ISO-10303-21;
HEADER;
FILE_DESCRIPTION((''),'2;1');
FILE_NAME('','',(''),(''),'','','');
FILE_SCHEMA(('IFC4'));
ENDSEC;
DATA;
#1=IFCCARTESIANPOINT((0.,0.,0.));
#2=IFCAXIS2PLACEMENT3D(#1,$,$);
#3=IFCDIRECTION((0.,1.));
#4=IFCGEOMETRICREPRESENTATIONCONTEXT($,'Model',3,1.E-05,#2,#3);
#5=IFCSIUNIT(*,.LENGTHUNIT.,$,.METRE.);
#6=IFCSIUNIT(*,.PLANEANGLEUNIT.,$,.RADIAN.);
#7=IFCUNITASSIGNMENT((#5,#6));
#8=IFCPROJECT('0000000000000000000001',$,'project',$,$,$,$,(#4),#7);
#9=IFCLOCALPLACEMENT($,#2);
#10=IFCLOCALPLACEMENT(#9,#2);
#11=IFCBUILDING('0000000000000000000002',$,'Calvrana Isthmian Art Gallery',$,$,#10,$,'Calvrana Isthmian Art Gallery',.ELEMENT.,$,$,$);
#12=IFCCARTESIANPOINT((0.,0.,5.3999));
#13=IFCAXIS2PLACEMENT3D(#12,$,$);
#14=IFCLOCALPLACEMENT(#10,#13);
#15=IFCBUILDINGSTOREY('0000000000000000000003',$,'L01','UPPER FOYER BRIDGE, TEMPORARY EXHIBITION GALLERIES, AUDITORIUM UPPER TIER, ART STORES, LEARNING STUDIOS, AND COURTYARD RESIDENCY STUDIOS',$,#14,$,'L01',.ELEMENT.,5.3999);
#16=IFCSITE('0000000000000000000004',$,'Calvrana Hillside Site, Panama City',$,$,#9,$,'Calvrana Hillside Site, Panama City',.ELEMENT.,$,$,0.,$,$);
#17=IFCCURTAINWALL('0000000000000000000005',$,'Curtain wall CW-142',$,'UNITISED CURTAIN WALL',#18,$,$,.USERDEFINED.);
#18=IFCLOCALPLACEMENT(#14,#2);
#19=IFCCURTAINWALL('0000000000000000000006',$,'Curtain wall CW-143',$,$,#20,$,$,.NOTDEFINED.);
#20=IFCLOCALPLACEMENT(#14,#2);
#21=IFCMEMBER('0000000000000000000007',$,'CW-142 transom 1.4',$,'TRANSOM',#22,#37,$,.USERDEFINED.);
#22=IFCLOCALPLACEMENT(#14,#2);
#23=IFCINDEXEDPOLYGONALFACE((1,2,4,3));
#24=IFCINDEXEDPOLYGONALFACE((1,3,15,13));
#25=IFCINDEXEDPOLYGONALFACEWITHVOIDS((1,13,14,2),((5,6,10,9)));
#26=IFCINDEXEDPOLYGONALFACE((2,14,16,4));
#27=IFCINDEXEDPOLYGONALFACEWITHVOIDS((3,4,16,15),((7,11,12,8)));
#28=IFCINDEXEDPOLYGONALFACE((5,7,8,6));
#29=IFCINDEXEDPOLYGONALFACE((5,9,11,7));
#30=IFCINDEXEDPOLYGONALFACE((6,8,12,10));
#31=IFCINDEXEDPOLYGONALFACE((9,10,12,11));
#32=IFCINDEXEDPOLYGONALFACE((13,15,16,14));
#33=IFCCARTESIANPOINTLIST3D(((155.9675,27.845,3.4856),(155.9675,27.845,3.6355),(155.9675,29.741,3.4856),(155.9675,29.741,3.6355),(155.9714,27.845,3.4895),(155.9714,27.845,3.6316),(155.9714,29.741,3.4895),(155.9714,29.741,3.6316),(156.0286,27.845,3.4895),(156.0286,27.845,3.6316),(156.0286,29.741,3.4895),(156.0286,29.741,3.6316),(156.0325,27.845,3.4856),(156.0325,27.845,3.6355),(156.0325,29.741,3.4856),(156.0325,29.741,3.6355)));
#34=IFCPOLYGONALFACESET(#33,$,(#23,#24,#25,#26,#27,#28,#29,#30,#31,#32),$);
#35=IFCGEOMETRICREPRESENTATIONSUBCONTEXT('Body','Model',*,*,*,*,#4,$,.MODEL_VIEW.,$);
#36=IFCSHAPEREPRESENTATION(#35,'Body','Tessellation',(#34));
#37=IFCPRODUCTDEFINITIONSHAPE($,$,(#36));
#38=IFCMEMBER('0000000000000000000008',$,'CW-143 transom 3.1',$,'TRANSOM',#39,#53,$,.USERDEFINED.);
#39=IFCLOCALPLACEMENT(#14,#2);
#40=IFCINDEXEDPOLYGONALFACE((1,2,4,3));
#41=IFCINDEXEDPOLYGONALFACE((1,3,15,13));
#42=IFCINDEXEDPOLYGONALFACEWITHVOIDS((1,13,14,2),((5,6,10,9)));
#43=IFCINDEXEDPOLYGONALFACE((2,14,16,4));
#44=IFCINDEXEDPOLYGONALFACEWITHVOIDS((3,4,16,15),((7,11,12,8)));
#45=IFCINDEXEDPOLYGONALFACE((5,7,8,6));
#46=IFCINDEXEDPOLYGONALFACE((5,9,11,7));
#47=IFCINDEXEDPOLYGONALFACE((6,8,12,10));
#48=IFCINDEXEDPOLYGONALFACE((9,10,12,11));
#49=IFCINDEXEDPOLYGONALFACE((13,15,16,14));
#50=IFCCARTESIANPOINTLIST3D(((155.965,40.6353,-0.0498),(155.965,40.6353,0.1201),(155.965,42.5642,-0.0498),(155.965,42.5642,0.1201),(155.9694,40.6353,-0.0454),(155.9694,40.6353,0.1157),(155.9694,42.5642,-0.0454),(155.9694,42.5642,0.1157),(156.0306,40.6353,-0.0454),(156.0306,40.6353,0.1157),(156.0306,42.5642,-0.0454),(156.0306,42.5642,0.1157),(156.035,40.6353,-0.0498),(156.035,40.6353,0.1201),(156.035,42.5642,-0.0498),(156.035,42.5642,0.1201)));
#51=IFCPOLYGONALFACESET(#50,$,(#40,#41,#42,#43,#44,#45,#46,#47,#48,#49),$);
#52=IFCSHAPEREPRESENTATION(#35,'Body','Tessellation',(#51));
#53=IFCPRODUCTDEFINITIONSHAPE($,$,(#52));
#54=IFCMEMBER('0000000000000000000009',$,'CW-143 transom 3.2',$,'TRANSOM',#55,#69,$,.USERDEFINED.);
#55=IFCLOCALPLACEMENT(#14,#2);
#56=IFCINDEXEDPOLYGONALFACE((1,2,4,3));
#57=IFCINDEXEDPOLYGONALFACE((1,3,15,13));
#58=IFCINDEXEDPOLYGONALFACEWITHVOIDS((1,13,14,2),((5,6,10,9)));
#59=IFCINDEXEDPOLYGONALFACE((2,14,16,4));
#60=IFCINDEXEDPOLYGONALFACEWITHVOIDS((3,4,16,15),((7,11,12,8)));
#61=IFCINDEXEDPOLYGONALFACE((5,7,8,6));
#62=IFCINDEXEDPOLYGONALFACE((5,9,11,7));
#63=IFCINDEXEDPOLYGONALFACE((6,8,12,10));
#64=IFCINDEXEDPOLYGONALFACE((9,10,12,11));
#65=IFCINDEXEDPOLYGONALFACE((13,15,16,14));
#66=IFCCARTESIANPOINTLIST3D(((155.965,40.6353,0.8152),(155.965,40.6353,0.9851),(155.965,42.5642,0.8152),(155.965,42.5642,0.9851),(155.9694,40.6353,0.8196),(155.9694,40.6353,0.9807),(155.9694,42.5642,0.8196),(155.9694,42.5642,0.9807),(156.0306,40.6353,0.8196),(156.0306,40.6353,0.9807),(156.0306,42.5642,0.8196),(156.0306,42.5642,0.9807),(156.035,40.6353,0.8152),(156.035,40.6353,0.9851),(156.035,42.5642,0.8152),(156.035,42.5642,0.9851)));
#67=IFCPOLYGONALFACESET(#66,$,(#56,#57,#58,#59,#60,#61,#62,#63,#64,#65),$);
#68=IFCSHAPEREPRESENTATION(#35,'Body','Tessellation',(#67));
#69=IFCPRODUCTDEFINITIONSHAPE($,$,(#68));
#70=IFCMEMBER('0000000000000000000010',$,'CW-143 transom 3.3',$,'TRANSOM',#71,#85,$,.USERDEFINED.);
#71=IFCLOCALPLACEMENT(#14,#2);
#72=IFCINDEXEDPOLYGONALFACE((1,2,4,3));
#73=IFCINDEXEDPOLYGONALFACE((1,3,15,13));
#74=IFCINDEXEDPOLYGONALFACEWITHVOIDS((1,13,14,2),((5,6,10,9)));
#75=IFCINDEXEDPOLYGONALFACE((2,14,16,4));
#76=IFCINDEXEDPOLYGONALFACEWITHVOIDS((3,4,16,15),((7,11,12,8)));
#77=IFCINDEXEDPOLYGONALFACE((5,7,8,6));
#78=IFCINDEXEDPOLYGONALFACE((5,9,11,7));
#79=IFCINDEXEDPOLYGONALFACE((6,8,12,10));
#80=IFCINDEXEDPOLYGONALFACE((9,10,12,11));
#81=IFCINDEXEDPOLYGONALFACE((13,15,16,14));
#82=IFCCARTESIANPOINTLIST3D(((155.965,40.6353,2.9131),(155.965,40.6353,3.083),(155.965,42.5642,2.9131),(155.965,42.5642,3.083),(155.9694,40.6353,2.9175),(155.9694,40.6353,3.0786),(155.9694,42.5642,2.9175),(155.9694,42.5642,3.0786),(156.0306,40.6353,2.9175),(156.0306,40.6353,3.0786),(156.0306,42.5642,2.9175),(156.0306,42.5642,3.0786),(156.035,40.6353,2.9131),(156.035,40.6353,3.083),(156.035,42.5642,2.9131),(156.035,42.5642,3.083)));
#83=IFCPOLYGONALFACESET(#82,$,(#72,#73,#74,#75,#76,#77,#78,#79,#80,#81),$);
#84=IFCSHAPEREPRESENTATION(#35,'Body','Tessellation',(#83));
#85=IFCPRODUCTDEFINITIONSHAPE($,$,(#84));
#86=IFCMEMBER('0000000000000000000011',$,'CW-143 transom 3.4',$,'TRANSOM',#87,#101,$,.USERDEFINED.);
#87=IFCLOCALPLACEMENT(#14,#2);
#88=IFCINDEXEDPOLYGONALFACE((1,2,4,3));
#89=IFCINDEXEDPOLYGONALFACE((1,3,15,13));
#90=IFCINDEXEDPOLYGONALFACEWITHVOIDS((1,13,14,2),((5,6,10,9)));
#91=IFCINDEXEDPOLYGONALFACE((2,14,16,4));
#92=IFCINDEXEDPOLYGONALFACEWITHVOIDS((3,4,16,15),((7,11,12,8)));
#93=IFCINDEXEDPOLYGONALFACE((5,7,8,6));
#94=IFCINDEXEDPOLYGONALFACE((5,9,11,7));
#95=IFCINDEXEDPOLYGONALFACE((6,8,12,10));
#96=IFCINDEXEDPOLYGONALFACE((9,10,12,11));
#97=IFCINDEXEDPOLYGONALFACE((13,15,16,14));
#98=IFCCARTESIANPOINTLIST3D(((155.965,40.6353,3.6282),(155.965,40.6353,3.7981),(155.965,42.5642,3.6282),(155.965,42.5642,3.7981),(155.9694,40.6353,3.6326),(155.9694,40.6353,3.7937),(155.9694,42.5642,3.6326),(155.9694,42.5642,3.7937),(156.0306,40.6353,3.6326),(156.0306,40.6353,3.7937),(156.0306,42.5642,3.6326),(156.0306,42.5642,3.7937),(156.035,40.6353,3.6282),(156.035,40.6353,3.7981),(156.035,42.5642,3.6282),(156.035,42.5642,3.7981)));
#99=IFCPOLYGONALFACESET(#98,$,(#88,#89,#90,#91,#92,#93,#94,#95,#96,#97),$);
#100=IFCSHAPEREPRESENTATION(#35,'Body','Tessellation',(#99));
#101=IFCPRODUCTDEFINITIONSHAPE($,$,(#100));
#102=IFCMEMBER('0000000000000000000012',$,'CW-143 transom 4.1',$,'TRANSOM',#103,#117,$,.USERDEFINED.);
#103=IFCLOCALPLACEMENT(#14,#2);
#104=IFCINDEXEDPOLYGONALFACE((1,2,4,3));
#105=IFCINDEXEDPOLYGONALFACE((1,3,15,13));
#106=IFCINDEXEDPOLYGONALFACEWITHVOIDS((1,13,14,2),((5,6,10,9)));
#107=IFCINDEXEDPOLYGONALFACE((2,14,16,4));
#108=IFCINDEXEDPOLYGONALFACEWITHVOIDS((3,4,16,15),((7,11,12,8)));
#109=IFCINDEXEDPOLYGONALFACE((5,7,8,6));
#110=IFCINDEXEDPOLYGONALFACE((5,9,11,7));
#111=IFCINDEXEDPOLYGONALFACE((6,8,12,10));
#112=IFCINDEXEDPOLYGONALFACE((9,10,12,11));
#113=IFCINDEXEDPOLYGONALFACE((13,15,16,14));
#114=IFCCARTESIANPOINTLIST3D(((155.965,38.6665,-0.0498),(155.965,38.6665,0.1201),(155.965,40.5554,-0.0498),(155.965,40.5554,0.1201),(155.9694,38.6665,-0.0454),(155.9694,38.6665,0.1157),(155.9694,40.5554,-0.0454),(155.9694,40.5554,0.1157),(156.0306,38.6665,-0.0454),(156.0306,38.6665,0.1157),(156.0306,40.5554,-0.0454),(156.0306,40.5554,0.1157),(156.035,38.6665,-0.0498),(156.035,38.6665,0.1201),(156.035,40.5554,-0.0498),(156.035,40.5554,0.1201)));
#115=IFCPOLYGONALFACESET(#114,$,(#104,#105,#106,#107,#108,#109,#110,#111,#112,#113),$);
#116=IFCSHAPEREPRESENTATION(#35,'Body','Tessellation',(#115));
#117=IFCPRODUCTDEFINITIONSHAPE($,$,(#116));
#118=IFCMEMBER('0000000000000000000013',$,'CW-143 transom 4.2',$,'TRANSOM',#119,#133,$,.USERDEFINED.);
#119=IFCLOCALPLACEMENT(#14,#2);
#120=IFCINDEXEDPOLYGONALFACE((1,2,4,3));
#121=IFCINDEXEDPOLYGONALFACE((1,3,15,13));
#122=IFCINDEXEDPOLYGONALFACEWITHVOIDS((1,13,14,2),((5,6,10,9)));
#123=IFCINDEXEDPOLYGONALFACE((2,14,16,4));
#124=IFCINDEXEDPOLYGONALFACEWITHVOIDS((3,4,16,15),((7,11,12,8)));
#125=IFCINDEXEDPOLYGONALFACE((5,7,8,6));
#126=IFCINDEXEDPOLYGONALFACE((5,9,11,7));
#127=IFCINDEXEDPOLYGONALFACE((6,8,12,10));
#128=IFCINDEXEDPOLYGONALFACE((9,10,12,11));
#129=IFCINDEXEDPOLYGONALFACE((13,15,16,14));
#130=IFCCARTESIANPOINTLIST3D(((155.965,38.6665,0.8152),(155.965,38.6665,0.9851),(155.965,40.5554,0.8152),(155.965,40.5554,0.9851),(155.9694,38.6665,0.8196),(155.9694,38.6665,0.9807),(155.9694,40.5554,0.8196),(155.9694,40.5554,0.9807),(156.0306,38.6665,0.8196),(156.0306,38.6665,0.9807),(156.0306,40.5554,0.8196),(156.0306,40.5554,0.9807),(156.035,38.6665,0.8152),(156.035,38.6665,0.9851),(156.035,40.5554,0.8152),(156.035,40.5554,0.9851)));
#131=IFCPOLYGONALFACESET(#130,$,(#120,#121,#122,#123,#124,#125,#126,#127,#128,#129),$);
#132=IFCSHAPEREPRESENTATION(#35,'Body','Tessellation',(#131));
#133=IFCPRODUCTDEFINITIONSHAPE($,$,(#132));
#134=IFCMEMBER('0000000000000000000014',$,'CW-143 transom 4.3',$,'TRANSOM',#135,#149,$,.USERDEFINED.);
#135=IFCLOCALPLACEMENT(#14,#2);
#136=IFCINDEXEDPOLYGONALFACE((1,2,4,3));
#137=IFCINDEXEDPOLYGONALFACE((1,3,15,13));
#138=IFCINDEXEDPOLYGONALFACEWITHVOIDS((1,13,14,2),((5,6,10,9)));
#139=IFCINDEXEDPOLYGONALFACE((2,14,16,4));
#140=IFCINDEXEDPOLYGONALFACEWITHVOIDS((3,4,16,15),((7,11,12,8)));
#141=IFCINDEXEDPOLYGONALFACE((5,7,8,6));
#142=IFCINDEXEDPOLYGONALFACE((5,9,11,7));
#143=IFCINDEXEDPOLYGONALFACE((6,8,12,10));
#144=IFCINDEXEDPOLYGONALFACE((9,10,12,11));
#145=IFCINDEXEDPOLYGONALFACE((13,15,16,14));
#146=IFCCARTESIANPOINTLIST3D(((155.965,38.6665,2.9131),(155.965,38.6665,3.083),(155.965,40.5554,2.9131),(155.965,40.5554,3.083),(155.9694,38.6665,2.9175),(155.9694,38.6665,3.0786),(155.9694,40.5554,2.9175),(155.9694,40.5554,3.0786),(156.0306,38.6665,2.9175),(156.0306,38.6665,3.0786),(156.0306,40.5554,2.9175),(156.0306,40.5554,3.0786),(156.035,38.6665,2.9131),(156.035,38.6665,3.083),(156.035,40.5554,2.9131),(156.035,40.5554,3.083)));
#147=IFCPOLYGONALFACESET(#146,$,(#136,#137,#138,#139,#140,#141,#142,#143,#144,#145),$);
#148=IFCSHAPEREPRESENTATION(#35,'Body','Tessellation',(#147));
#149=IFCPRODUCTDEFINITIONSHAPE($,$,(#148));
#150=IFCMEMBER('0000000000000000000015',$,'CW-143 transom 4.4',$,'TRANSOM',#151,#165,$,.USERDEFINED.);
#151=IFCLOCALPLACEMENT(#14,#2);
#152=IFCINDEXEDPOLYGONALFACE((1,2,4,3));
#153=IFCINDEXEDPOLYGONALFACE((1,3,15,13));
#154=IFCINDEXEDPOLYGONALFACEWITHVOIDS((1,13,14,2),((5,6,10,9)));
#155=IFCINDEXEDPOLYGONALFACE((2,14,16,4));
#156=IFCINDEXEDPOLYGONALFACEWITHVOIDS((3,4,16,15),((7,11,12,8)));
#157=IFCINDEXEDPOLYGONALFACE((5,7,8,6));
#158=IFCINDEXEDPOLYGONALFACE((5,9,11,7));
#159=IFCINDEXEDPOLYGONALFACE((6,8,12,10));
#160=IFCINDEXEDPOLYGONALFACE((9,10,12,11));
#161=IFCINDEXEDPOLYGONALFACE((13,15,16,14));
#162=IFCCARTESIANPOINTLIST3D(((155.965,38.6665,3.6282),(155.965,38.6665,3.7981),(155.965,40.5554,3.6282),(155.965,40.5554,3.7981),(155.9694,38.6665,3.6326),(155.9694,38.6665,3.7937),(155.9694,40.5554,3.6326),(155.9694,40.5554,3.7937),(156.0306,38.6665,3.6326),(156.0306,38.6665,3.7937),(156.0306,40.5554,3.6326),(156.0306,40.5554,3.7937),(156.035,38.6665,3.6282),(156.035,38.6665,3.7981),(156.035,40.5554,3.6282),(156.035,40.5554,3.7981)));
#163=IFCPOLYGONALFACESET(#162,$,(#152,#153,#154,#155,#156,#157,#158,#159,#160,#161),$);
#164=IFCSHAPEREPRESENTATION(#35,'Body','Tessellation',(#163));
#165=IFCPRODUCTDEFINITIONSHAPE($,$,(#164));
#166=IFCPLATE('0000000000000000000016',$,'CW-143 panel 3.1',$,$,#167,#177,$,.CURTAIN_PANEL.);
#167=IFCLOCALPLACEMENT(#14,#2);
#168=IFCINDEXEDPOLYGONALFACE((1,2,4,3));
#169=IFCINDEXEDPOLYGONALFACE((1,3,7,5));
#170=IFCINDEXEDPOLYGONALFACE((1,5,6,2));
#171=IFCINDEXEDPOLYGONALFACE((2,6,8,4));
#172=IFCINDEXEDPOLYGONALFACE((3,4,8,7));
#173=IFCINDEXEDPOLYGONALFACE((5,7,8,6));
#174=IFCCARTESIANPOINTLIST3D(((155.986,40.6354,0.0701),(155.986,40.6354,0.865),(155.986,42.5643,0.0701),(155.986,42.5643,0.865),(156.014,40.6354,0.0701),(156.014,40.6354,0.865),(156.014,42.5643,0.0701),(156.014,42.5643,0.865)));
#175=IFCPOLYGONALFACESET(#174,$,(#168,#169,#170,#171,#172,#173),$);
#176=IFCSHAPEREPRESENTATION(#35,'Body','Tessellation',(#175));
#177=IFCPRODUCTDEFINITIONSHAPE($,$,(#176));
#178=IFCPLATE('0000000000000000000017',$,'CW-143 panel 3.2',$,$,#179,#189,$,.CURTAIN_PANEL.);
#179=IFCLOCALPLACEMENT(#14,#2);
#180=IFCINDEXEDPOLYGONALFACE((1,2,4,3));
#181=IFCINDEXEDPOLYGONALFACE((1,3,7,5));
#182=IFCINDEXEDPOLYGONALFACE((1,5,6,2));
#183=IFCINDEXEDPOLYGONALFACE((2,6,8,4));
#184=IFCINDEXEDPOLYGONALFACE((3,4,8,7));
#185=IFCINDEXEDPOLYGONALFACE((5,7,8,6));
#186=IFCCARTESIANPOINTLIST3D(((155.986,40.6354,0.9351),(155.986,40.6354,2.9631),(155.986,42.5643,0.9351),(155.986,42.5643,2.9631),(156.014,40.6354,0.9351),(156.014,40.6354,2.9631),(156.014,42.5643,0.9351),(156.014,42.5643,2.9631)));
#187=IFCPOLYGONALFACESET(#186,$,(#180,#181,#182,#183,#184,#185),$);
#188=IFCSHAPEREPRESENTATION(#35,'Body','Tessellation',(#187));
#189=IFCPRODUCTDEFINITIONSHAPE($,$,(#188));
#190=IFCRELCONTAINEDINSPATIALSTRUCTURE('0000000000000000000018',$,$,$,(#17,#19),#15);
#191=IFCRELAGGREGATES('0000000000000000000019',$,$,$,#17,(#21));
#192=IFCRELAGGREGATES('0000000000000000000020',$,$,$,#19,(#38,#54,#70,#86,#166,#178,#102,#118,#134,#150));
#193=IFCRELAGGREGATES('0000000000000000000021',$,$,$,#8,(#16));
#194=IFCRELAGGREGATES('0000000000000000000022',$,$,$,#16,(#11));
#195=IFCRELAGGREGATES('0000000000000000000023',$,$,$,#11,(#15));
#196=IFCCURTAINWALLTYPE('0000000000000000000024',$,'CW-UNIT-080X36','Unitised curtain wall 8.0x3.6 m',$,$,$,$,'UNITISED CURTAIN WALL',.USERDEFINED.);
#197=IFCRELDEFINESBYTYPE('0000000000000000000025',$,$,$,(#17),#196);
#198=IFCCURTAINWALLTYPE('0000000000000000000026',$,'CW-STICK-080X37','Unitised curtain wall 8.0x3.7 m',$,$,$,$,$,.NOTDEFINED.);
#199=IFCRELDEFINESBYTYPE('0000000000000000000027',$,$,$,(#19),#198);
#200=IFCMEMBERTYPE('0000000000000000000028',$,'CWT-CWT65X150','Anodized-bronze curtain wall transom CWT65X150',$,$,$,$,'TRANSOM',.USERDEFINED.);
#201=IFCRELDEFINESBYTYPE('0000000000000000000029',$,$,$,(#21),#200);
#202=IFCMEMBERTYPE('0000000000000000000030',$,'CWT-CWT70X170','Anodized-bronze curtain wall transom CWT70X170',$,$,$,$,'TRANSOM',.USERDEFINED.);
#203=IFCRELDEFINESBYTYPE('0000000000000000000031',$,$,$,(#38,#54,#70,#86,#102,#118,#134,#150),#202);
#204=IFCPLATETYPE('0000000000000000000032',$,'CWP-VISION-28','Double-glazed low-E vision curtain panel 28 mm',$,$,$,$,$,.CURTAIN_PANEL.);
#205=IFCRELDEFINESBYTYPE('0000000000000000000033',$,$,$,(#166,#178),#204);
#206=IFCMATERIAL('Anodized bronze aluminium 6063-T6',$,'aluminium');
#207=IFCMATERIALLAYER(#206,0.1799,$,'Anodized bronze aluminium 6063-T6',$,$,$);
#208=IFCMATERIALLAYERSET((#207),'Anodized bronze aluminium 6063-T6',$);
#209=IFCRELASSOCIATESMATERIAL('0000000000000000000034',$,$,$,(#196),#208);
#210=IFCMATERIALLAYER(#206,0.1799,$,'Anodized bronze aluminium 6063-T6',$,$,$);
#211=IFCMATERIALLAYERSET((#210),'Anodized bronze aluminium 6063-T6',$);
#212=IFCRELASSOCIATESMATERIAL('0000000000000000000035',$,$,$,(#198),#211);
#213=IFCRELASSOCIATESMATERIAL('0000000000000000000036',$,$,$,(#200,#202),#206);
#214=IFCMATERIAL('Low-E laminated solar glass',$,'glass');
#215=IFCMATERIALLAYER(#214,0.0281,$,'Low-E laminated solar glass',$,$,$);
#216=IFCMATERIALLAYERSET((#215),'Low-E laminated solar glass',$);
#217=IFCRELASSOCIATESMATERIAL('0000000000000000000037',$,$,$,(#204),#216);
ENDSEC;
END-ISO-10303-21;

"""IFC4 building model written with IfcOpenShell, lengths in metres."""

from ifc_helpers import new_model, si_unit, direction, frame, origin, origin_2d, place, context, subcontext, project, spatial, rectangle, hollow_rectangle, extrude, material, layer, layer_set, material_profile, profile_set, type_object, element, aggregate, save


model = new_model("IFC4")

# Units and contexts
model_context = context("Model", 3, precision=1e-05, world=origin(), true_north=direction((0.0, 1.0)))
body_context = subcontext(model_context, "Body", "Model", "MODEL_VIEW")
ifc_project = project(units=[si_unit("LENGTHUNIT", "METRE"), si_unit("PLANEANGLEUNIT", "RADIAN")], contexts=[model_context])

# Site, building, storey
site_placement = place(None, origin())
site = spatial("IfcSite", under=ifc_project, at=site_placement, Name="Calvrana Hillside Site, Panama City", LongName="Calvrana Hillside Site, Panama City", CompositionType="ELEMENT", RefElevation=0.0)
building_placement = place(site_placement, origin())
building = spatial("IfcBuilding", under=site, at=building_placement, Name="Calvrana Isthmian Art Gallery", LongName="Calvrana Isthmian Art Gallery", CompositionType="ELEMENT")
storey_placement = place(building_placement, frame((0.0, 0.0, 5.3999)))
storey = spatial("IfcBuildingStorey", under=building, at=storey_placement, Name="L01", Description="UPPER FOYER BRIDGE, TEMPORARY EXHIBITION GALLERIES, AUDITORIUM UPPER TIER, ART STORES, LEARNING STUDIOS, AND COURTYARD RESIDENCY STUDIOS", LongName="L01", CompositionType="ELEMENT", Elevation=5.3999)

# Curtain wall
ifc_material_1 = material(Name="Anodized bronze aluminium 6063-T6", Category="aluminium")
ifc_layer_1 = layer(ifc_material_1, 0.1799, Name="Anodized bronze aluminium 6063-T6")
ifc_layer_set_1 = layer_set([ifc_layer_1], Name="Anodized bronze aluminium 6063-T6")
curtain_wall_type_1 = type_object("IfcCurtainWallType", Name="CW-UNIT-080X36", Description="Unitised curtain wall 8.0x3.6 m", ElementType="UNITISED CURTAIN WALL", PredefinedType="USERDEFINED", material=ifc_layer_set_1)
curtain_wall_1_placement = place(storey_placement, origin())
curtain_wall_1 = element("IfcCurtainWall", 1, at=curtain_wall_1_placement, inside=storey, type_object=curtain_wall_type_1, Name="Curtain wall CW-142", ObjectType="UNITISED CURTAIN WALL", PredefinedType="USERDEFINED")

# Curtain wall
ifc_layer_2 = layer(ifc_material_1, 0.1799, Name="Anodized bronze aluminium 6063-T6")
ifc_layer_set_2 = layer_set([ifc_layer_2], Name="Anodized bronze aluminium 6063-T6")
curtain_wall_type_2 = type_object("IfcCurtainWallType", Name="CW-STICK-080X37", Description="Unitised curtain wall 8.0x3.7 m", PredefinedType="NOTDEFINED", material=ifc_layer_set_2)
curtain_wall_2_placement = place(storey_placement, origin())
curtain_wall_2 = element("IfcCurtainWall", 2, at=curtain_wall_2_placement, inside=storey, type_object=curtain_wall_type_2, Name="Curtain wall CW-143", PredefinedType="NOTDEFINED")

# Members
ifc_material_profile_1 = material_profile(ifc_material_1, hollow_rectangle(XDim=0.0649, YDim=0.1499, WallThickness=0.0039, at=origin_2d()), Name="CWT65X150")
ifc_profile_set_1 = profile_set([ifc_material_profile_1], Name="Anodized bronze aluminium 6063-T6")
member_type_1 = type_object("IfcMemberType", Name="CWT-CWT65X150", Description="Anodized-bronze curtain wall transom CWT65X150", ElementType="TRANSOM", PredefinedType="USERDEFINED", material=ifc_profile_set_1)
member_1_placement = place(storey_placement, frame((156.0, 29.741, 3.5605), z_axis=(0.0, -1.0, 0.0), x_axis=(1.0, 0.0, 0.0)))
member_1 = element("IfcMember", 3, at=member_1_placement, type_object=member_type_1, Name="CW-142 transom 1.4", ObjectType="TRANSOM", PredefinedType="USERDEFINED", context=body_context, shape_type="SweptSolid", body=[
    extrude(hollow_rectangle(XDim=0.0649, YDim=0.1499, WallThickness=0.0039, at=origin_2d()), origin(), (0.0, 0.0, 1.0), 1.896),
])
aggregate(curtain_wall_1, [member_1])
ifc_material_profile_2 = material_profile(ifc_material_1, hollow_rectangle(XDim=0.0701, YDim=0.1699, WallThickness=0.0044, at=origin_2d()), Name="CWT70X170")
ifc_profile_set_2 = profile_set([ifc_material_profile_2], Name="Anodized bronze aluminium 6063-T6")
member_type_2 = type_object("IfcMemberType", Name="CWT-CWT70X170", Description="Anodized-bronze curtain wall transom CWT70X170", ElementType="TRANSOM", PredefinedType="USERDEFINED", material=ifc_profile_set_2)
member_2_placement = place(storey_placement, frame((156.0, 42.5642, 0.0352), z_axis=(0.0, -1.0, 0.0), x_axis=(1.0, 0.0, 0.0)))
member_2 = element("IfcMember", 4, at=member_2_placement, type_object=member_type_2, Name="CW-143 transom 3.1", ObjectType="TRANSOM", PredefinedType="USERDEFINED", context=body_context, shape_type="SweptSolid", body=[
    extrude(hollow_rectangle(XDim=0.0701, YDim=0.1699, WallThickness=0.0044, at=origin_2d()), origin(), (0.0, 0.0, 1.0), 1.929),
])
member_3_placement = place(storey_placement, frame((156.0, 42.5642, 0.9001), z_axis=(0.0, -1.0, 0.0), x_axis=(1.0, 0.0, 0.0)))
member_3 = element("IfcMember", 5, at=member_3_placement, type_object=member_type_2, Name="CW-143 transom 3.2", ObjectType="TRANSOM", PredefinedType="USERDEFINED", context=body_context, shape_type="SweptSolid", body=[
    extrude(hollow_rectangle(XDim=0.0701, YDim=0.1699, WallThickness=0.0044, at=origin_2d()), origin(), (0.0, 0.0, 1.0), 1.929),
])
member_4_placement = place(storey_placement, frame((156.0, 42.5642, 2.998), z_axis=(0.0, -1.0, 0.0), x_axis=(1.0, 0.0, 0.0)))
member_4 = element("IfcMember", 6, at=member_4_placement, type_object=member_type_2, Name="CW-143 transom 3.3", ObjectType="TRANSOM", PredefinedType="USERDEFINED", context=body_context, shape_type="SweptSolid", body=[
    extrude(hollow_rectangle(XDim=0.0701, YDim=0.1699, WallThickness=0.0044, at=origin_2d()), origin(), (0.0, 0.0, 1.0), 1.929),
])
member_5_placement = place(storey_placement, frame((156.0, 42.5642, 3.7131), z_axis=(0.0, -1.0, 0.0), x_axis=(1.0, 0.0, 0.0)))
member_5 = element("IfcMember", 7, at=member_5_placement, type_object=member_type_2, Name="CW-143 transom 3.4", ObjectType="TRANSOM", PredefinedType="USERDEFINED", context=body_context, shape_type="SweptSolid", body=[
    extrude(hollow_rectangle(XDim=0.0701, YDim=0.1699, WallThickness=0.0044, at=origin_2d()), origin(), (0.0, 0.0, 1.0), 1.929),
])
member_6_placement = place(storey_placement, frame((156.0, 40.5554, 0.0352), z_axis=(0.0, -1.0, 0.0), x_axis=(1.0, 0.0, 0.0)))
member_6 = element("IfcMember", 8, at=member_6_placement, type_object=member_type_2, Name="CW-143 transom 4.1", ObjectType="TRANSOM", PredefinedType="USERDEFINED", context=body_context, shape_type="SweptSolid", body=[
    extrude(hollow_rectangle(XDim=0.0701, YDim=0.1699, WallThickness=0.0044, at=origin_2d()), origin(), (0.0, 0.0, 1.0), 1.8889),
])
member_7_placement = place(storey_placement, frame((156.0, 40.5554, 0.9001), z_axis=(0.0, -1.0, 0.0), x_axis=(1.0, 0.0, 0.0)))
member_7 = element("IfcMember", 9, at=member_7_placement, type_object=member_type_2, Name="CW-143 transom 4.2", ObjectType="TRANSOM", PredefinedType="USERDEFINED", context=body_context, shape_type="SweptSolid", body=[
    extrude(hollow_rectangle(XDim=0.0701, YDim=0.1699, WallThickness=0.0044, at=origin_2d()), origin(), (0.0, 0.0, 1.0), 1.8889),
])
member_8_placement = place(storey_placement, frame((156.0, 40.5554, 2.998), z_axis=(0.0, -1.0, 0.0), x_axis=(1.0, 0.0, 0.0)))
member_8 = element("IfcMember", 10, at=member_8_placement, type_object=member_type_2, Name="CW-143 transom 4.3", ObjectType="TRANSOM", PredefinedType="USERDEFINED", context=body_context, shape_type="SweptSolid", body=[
    extrude(hollow_rectangle(XDim=0.0701, YDim=0.1699, WallThickness=0.0044, at=origin_2d()), origin(), (0.0, 0.0, 1.0), 1.8889),
])
member_9_placement = place(storey_placement, frame((156.0, 40.5554, 3.7131), z_axis=(0.0, -1.0, 0.0), x_axis=(1.0, 0.0, 0.0)))
member_9 = element("IfcMember", 11, at=member_9_placement, type_object=member_type_2, Name="CW-143 transom 4.4", ObjectType="TRANSOM", PredefinedType="USERDEFINED", context=body_context, shape_type="SweptSolid", body=[
    extrude(hollow_rectangle(XDim=0.0701, YDim=0.1699, WallThickness=0.0044, at=origin_2d()), origin(), (0.0, 0.0, 1.0), 1.8889),
])

# Plates
ifc_material_2 = material(Name="Low-E laminated solar glass", Category="glass")
ifc_layer_3 = layer(ifc_material_2, 0.0281, Name="Low-E laminated solar glass")
ifc_layer_set_3 = layer_set([ifc_layer_3], Name="Low-E laminated solar glass")
plate_type = type_object("IfcPlateType", Name="CWP-VISION-28", Description="Double-glazed low-E vision curtain panel 28 mm", PredefinedType="CURTAIN_PANEL", material=ifc_layer_set_3)
plate_1_placement = place(storey_placement, frame((156.0, 41.5999, 0.0701), z_axis=(0.0, 0.0, 1.0), x_axis=(0.0, -1.0, 0.0)))
plate_1 = element("IfcPlate", 12, at=plate_1_placement, type_object=plate_type, Name="CW-143 panel 3.1", PredefinedType="CURTAIN_PANEL", context=body_context, shape_type="SweptSolid", body=[
    extrude(rectangle(XDim=1.929, YDim=0.0281, at=origin_2d()), origin(), (0.0, 0.0, 1.0), 0.7949),
])
plate_2_placement = place(storey_placement, frame((156.0, 41.5999, 0.9351), z_axis=(0.0, 0.0, 1.0), x_axis=(0.0, -1.0, 0.0)))
plate_2 = element("IfcPlate", 13, at=plate_2_placement, type_object=plate_type, Name="CW-143 panel 3.2", PredefinedType="CURTAIN_PANEL", context=body_context, shape_type="SweptSolid", body=[
    extrude(rectangle(XDim=1.929, YDim=0.0281, at=origin_2d()), origin(), (0.0, 0.0, 1.0), 2.0281),
])
aggregate(curtain_wall_2, [member_2, member_3, member_4, member_5, plate_1, plate_2, member_6, member_7, member_8, member_9])

save(model, "model.ifc")
